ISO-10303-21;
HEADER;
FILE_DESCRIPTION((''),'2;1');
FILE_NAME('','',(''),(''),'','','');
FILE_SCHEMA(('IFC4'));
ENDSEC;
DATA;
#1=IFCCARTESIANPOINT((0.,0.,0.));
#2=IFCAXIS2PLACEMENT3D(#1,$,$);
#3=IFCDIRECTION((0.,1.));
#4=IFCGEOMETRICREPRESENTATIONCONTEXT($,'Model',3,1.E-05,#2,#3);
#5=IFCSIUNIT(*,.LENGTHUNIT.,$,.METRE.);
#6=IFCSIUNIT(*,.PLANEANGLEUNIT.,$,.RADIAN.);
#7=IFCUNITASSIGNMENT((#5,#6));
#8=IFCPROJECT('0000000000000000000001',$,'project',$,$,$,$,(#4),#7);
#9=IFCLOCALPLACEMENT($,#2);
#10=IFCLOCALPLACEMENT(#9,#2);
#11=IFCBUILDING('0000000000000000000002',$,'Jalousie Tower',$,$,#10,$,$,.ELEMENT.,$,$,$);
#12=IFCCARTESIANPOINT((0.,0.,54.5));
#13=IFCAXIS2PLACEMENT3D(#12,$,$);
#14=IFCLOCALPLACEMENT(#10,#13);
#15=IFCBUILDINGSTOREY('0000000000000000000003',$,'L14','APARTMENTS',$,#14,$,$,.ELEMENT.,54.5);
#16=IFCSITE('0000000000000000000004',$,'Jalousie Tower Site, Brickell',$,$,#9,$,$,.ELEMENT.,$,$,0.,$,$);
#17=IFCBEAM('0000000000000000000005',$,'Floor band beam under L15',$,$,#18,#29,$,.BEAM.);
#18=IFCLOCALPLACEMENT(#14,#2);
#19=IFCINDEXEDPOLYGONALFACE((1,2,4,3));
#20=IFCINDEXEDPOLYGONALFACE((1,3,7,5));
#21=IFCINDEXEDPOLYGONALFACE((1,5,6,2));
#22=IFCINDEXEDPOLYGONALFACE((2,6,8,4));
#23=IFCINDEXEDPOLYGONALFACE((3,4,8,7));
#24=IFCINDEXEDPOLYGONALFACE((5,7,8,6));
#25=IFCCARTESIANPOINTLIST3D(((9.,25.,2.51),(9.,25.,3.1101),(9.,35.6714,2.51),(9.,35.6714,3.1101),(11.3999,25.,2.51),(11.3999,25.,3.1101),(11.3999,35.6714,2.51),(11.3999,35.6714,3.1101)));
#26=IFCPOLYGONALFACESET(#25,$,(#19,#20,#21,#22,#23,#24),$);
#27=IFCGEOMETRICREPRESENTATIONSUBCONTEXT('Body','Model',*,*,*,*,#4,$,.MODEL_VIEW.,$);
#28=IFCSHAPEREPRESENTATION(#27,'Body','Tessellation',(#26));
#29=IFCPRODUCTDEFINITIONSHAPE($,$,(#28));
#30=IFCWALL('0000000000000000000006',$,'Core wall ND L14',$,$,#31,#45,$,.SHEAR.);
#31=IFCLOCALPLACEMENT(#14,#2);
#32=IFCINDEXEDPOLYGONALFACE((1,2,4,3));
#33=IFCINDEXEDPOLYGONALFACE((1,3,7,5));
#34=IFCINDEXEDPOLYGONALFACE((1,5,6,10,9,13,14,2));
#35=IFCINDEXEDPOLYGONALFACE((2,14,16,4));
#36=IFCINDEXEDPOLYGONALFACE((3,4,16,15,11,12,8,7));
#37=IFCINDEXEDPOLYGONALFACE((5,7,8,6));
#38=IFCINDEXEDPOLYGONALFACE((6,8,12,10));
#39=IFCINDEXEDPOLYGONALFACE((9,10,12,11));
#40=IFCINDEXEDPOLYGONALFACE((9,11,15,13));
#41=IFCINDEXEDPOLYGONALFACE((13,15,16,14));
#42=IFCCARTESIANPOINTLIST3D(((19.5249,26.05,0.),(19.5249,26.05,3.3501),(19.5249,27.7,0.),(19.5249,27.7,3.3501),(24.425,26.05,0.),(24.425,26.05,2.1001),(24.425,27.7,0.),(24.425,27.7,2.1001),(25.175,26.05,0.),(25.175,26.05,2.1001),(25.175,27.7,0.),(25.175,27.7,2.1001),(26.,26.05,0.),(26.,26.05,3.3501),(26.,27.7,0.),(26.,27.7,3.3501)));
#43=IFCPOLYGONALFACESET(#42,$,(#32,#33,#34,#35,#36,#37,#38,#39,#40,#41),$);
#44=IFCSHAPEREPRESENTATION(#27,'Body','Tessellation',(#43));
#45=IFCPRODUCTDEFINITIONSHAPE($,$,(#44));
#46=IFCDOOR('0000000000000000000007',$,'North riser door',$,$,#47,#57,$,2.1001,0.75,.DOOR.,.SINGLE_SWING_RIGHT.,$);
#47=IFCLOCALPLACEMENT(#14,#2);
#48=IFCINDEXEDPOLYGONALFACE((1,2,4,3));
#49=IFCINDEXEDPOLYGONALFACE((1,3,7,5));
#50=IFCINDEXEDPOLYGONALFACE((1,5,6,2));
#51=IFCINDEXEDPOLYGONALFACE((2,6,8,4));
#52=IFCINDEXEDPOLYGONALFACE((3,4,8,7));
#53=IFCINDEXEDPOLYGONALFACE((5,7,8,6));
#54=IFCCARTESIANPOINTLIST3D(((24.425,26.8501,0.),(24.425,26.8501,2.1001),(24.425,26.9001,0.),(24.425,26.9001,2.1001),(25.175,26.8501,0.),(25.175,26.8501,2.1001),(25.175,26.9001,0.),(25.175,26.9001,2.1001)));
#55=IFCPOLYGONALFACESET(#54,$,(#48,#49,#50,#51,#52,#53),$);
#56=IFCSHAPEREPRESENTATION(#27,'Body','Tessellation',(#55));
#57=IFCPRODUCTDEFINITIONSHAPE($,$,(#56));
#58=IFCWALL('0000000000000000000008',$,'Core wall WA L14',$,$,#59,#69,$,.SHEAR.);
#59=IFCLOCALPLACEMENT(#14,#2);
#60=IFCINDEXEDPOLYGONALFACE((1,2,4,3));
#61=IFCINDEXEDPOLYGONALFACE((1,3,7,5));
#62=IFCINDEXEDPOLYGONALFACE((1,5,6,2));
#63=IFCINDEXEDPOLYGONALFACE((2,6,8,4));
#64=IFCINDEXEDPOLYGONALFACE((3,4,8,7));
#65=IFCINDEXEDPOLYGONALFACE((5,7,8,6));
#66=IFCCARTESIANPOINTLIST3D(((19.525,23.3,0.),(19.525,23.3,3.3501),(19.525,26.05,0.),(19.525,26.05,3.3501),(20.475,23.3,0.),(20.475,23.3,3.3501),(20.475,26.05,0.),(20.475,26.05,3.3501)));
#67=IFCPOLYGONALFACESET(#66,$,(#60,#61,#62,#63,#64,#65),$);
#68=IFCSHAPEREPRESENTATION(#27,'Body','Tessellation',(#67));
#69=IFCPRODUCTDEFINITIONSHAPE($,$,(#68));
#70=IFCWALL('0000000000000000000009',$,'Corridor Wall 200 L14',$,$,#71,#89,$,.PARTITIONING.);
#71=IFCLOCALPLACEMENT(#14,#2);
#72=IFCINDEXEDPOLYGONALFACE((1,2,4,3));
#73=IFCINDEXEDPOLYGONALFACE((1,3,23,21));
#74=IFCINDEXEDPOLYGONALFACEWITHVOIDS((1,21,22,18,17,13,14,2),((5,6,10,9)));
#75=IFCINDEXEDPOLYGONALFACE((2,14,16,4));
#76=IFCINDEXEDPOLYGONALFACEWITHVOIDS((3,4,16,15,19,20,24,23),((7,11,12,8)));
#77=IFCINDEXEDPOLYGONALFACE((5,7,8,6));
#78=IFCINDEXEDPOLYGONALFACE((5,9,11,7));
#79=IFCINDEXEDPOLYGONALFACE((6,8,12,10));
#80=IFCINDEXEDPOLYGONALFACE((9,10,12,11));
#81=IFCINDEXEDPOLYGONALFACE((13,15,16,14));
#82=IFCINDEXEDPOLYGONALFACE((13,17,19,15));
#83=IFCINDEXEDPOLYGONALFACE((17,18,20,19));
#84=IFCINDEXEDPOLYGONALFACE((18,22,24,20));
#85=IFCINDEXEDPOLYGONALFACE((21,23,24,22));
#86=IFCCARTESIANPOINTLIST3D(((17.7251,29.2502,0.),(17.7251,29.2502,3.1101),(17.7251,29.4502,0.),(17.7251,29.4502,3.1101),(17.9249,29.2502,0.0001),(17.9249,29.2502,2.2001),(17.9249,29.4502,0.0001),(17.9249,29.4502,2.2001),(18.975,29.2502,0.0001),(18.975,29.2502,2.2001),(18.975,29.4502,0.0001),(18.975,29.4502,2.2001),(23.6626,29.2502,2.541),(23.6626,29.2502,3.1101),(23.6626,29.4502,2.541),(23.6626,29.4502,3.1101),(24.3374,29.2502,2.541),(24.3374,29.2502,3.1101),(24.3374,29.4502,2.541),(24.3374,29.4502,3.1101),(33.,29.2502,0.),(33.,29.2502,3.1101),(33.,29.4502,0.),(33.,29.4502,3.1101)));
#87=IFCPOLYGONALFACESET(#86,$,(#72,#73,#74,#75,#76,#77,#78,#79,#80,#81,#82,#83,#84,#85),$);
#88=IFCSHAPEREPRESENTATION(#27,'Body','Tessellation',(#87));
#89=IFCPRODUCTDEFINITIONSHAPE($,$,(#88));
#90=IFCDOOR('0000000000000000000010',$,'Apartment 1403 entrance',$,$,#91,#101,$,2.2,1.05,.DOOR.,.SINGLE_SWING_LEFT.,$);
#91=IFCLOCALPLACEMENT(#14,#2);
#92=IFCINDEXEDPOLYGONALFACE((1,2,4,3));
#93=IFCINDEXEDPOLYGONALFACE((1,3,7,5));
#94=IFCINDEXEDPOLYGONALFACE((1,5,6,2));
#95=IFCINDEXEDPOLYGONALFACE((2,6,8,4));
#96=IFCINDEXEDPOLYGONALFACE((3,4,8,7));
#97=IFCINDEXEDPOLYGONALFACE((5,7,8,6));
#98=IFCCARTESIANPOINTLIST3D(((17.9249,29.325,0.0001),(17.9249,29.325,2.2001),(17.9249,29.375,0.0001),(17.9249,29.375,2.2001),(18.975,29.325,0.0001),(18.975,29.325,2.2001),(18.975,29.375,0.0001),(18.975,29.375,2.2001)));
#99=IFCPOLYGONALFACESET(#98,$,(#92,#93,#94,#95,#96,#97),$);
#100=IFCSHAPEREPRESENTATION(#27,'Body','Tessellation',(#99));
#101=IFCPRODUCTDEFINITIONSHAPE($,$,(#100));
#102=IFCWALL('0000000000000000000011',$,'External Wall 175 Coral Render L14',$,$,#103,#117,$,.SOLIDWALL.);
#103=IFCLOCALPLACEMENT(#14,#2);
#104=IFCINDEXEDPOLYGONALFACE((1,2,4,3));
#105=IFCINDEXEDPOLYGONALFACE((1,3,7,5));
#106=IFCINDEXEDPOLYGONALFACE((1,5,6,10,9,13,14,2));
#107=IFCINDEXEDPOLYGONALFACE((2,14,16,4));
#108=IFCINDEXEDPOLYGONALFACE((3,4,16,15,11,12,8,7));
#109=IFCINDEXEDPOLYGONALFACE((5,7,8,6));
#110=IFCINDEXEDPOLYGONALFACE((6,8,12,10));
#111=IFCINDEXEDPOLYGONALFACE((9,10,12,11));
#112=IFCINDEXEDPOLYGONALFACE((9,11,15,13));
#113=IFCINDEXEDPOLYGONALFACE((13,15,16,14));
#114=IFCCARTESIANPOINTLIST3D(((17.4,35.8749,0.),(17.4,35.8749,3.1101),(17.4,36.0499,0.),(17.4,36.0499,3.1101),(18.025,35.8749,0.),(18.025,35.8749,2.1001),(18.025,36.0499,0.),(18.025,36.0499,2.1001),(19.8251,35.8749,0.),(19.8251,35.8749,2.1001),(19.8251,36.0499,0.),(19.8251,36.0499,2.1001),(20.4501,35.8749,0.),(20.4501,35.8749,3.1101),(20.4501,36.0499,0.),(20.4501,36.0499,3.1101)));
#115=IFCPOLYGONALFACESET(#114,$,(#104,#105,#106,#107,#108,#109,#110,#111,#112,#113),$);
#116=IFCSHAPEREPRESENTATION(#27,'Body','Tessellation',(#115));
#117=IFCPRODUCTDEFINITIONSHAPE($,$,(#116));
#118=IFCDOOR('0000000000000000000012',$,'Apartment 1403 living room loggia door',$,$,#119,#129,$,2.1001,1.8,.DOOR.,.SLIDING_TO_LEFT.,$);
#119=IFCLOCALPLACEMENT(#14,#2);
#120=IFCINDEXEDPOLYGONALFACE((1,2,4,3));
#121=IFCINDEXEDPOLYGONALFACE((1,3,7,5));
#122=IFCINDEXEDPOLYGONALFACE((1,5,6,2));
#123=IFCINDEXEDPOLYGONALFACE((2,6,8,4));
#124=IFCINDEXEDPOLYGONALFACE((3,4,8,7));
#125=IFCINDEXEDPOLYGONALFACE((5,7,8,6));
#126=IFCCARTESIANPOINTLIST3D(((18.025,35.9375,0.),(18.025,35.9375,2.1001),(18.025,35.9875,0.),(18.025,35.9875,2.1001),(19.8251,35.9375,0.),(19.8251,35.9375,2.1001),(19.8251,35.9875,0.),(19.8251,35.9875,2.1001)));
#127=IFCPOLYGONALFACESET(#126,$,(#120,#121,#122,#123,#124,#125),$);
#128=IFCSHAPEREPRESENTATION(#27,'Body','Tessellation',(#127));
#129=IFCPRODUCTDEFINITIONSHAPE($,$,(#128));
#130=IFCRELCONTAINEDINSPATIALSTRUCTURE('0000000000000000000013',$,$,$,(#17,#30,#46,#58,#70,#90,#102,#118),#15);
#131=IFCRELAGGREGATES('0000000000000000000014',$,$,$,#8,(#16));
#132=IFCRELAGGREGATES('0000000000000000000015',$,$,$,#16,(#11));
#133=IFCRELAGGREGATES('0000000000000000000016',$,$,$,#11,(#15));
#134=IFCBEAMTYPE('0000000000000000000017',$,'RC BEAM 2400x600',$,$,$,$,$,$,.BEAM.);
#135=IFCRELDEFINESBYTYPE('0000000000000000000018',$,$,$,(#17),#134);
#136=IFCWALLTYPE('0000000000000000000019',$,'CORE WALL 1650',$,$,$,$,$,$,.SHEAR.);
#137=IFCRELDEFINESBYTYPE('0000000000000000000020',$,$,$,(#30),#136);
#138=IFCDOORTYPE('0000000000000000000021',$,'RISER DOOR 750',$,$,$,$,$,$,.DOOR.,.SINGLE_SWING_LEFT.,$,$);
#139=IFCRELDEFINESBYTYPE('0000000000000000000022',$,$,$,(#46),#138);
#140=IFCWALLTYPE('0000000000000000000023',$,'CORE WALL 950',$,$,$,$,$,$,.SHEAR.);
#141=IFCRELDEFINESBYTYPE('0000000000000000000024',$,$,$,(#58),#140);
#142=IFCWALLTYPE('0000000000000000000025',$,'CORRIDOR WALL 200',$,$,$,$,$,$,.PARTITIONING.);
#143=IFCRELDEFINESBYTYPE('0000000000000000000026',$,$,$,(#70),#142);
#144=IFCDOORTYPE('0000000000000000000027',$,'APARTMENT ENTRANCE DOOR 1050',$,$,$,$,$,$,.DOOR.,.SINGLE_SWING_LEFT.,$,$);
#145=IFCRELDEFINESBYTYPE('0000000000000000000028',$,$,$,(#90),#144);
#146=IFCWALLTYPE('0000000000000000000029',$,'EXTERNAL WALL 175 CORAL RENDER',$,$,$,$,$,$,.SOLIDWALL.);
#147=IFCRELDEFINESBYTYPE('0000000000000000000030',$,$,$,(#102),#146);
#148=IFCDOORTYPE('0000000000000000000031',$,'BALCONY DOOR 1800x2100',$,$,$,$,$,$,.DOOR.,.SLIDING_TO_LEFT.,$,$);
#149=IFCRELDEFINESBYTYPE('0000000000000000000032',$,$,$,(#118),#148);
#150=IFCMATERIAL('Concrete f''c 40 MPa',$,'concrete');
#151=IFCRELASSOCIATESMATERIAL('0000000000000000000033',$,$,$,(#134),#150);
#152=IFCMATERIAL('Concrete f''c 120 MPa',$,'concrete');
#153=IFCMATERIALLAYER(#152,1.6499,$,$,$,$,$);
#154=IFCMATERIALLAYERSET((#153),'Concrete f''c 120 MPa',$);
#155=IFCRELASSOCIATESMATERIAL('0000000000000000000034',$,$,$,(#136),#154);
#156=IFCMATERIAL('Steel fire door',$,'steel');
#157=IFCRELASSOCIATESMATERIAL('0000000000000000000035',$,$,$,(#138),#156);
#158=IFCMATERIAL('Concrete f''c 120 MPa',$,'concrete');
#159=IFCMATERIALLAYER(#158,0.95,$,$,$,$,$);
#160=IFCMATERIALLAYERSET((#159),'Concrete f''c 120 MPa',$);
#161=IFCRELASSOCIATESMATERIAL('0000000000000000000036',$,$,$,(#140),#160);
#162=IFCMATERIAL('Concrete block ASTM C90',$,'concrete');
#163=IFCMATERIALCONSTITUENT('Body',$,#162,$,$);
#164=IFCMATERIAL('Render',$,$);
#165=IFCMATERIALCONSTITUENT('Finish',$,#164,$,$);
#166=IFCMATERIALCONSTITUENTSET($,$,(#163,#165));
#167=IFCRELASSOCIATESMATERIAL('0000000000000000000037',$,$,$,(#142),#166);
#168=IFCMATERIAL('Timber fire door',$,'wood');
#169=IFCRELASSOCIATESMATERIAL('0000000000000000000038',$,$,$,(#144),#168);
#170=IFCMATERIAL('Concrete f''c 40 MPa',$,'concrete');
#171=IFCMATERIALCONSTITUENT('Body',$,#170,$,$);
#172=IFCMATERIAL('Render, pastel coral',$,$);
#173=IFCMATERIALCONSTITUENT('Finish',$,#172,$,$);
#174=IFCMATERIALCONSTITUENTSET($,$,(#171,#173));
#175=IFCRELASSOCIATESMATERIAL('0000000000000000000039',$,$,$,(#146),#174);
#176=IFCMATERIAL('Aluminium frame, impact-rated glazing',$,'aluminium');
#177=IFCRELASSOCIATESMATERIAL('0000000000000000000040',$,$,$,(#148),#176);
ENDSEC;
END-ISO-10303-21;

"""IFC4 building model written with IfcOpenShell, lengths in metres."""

from ifc_helpers import new_model, si_unit, direction, frame, frame_2d, origin, origin_2d, place, context, subcontext, project, spatial, polyline, rectangle, outline, extrude, material, layer, layer_set, constituent, constituent_set, material_profile, profile_set, type_object, element, fill, save


model = new_model("IFC4")

# Units and contexts
model_context = context("Model", 3, precision=1e-05, world=origin(), true_north=direction((0.0, 1.0)))
body_context = subcontext(model_context, "Body", "Model", "MODEL_VIEW")
ifc_project = project(units=[si_unit("LENGTHUNIT", "METRE"), si_unit("PLANEANGLEUNIT", "RADIAN")], contexts=[model_context])

# Site, building, storey
site_placement = place(None, origin())
site = spatial("IfcSite", under=ifc_project, at=site_placement, Name="Jalousie Tower Site, Brickell", CompositionType="ELEMENT", RefElevation=0.0)
building_placement = place(site_placement, origin())
building = spatial("IfcBuilding", under=site, at=building_placement, Name="Jalousie Tower", CompositionType="ELEMENT")
storey_placement = place(building_placement, frame((0.0, 0.0, 54.5)))
storey = spatial("IfcBuildingStorey", under=building, at=storey_placement, Name="L14", Description="APARTMENTS", CompositionType="ELEMENT", Elevation=54.5)

# Beam
ifc_material_1 = material(Name="Concrete f'c 40 MPa", Category="concrete")
ifc_material_profile = material_profile(ifc_material_1, rectangle(XDim=2.3999, YDim=0.6001, at=origin_2d()), Name="RC 2400x600")
ifc_profile_set = profile_set([ifc_material_profile], Name="Concrete f'c 40 MPa")
beam_type = type_object("IfcBeamType", Name="RC BEAM 2400x600", PredefinedType="BEAM", material=ifc_profile_set)
beam_placement = place(storey_placement, frame((10.2, 25.0, 2.8101), z_axis=(0.0, 1.0, 0.0), x_axis=(-1.0, 0.0, 0.0)))
element("IfcBeam", 1, at=beam_placement, inside=storey, type_object=beam_type, Name="Floor band beam under L15", PredefinedType="BEAM", context=body_context, shape_type="SweptSolid", body=[
    extrude(rectangle(XDim=2.3999, YDim=0.6001, at=origin_2d()), origin(), (0.0, 0.0, 1.0), 10.6714),
])

# Wall, opening, door
ifc_material_2 = material(Name="Concrete f'c 120 MPa", Category="concrete")
ifc_layer_1 = layer(ifc_material_2, 1.6499)
ifc_layer_set_1 = layer_set([ifc_layer_1], Name="Concrete f'c 120 MPa")
wall_type_1 = type_object("IfcWallType", Name="CORE WALL 1650", PredefinedType="SHEAR", material=ifc_layer_set_1)
wall_1_placement = place(storey_placement, frame((26.0, 26.875, 0.0), z_axis=(0.0, 0.0, 1.0), x_axis=(-1.0, 0.0, 0.0)))
wall_1 = element("IfcWall", 2, at=wall_1_placement, inside=storey, type_object=wall_type_1, Name="Core wall ND L14", PredefinedType="SHEAR", context=body_context, shape_type="SweptSolid", body=[
    extrude(rectangle(XDim=6.4751, YDim=1.6499, at=frame_2d((3.2375, 0.0))), origin(), (0.0, 0.0, 1.0), 3.3501),
])
opening_1_placement = place(wall_1_placement, frame((0.825, 0.0, 0.0)))
opening_1 = element("IfcOpeningElement", 3, at=opening_1_placement, cuts=wall_1, PredefinedType="OPENING", context=body_context, shape_type="SweptSolid", body=[
    extrude(rectangle(XDim=0.75, YDim=2.1001, at=frame_2d((0.375, 1.05))), frame((0.0, 0.835, 0.0), z_axis=(0.0, -1.0, 0.0), x_axis=(1.0, 0.0, 0.0)), (0.0, 0.0, 1.0), 1.6699),
])
ifc_material_3 = material(Name="Steel fire door", Category="steel")
door_type_1 = type_object("IfcDoorType", Name="RISER DOOR 750", OperationType="SINGLE_SWING_LEFT", PredefinedType="DOOR", material=ifc_material_3)
door_1_placement = place(opening_1_placement, origin())
door_1 = element("IfcDoor", 4, at=door_1_placement, inside=storey, type_object=door_type_1, Name="North riser door", OperationType="SINGLE_SWING_RIGHT", OverallHeight=2.1001, OverallWidth=0.75, PredefinedType="DOOR", context=body_context, shape_type="SweptSolid", body=[
    extrude(rectangle(XDim=0.75, YDim=2.1001, at=frame_2d((0.375, 1.05))), frame((0.0, 0.0249, 0.0), z_axis=(0.0, -1.0, 0.0), x_axis=(1.0, 0.0, 0.0)), (0.0, 0.0, 1.0), 0.05),
])
fill(opening_1, door_1)

# Wall
ifc_material_4 = material(Name="Concrete f'c 120 MPa", Category="concrete")
ifc_layer_2 = layer(ifc_material_4, 0.95)
ifc_layer_set_2 = layer_set([ifc_layer_2], Name="Concrete f'c 120 MPa")
wall_type_2 = type_object("IfcWallType", Name="CORE WALL 950", PredefinedType="SHEAR", material=ifc_layer_set_2)
wall_2_placement = place(storey_placement, frame((20.0, 26.05, 0.0), z_axis=(0.0, 0.0, 1.0), x_axis=(0.0, -1.0, 0.0)))
element("IfcWall", 5, at=wall_2_placement, inside=storey, type_object=wall_type_2, Name="Core wall WA L14", PredefinedType="SHEAR", context=body_context, shape_type="SweptSolid", body=[
    extrude(rectangle(XDim=2.75, YDim=0.95, at=frame_2d((1.375, 0.0))), origin(), (0.0, 0.0, 1.0), 3.3501),
])

# Walls, openings, doors
ifc_material_5 = material(Name="Concrete block ASTM C90", Category="concrete")
ifc_constituent_1 = constituent(ifc_material_5, Name="Body")
ifc_material_6 = material(Name="Render")
ifc_constituent_2 = constituent(ifc_material_6, Name="Finish")
ifc_constituent_set_1 = constituent_set(constituents=[ifc_constituent_1, ifc_constituent_2])
wall_type_3 = type_object("IfcWallType", Name="CORRIDOR WALL 200", PredefinedType="PARTITIONING", material=ifc_constituent_set_1)
wall_3_placement = place(storey_placement, frame((17.7251, 29.3501, 0.0), z_axis=(0.0, 0.0, 1.0), x_axis=(1.0, 0.0, 0.0)))
wall_3 = element("IfcWall", 6, at=wall_3_placement, inside=storey, type_object=wall_type_3, Name="Corridor Wall 200 L14", PredefinedType="PARTITIONING", context=body_context, shape_type="SweptSolid", body=[
    extrude(outline(polyline([(0.0, 0.0), (15.2749, 0.0), (15.2749, 3.1101), (6.6123, 3.1101), (6.6123, 2.541), (5.9375, 2.541), (5.9375, 3.1101), (0.0, 3.1101), (0.0, 0.0)])), frame((0.0, 0.1001, 0.0), z_axis=(0.0, -1.0, 0.0), x_axis=(1.0, 0.0, 0.0)), (0.0, 0.0, 1.0), 0.2),
])
opening_2_placement = place(wall_3_placement, frame((0.2, 0.0, 0.0)))
opening_2 = element("IfcOpeningElement", 7, at=opening_2_placement, cuts=wall_3, PredefinedType="OPENING", context=body_context, shape_type="SweptSolid", body=[
    extrude(rectangle(XDim=1.05, YDim=2.2, at=frame_2d((0.5249, 1.1001))), frame((0.0, 0.1099, 0.0), z_axis=(0.0, -1.0, 0.0), x_axis=(1.0, 0.0, 0.0)), (0.0, 0.0, 1.0), 0.22),
])
ifc_material_7 = material(Name="Timber fire door", Category="wood")
door_type_2 = type_object("IfcDoorType", Name="APARTMENT ENTRANCE DOOR 1050", OperationType="SINGLE_SWING_LEFT", PredefinedType="DOOR", material=ifc_material_7)
door_2_placement = place(opening_2_placement, origin())
door_2 = element("IfcDoor", 8, at=door_2_placement, inside=storey, type_object=door_type_2, Name="Apartment 1403 entrance", OperationType="SINGLE_SWING_LEFT", OverallHeight=2.2, OverallWidth=1.05, PredefinedType="DOOR", context=body_context, shape_type="SweptSolid", body=[
    extrude(rectangle(XDim=1.05, YDim=2.2, at=frame_2d((0.5249, 1.1001))), frame((0.0, 0.0249, 0.0), z_axis=(0.0, -1.0, 0.0), x_axis=(1.0, 0.0, 0.0)), (0.0, 0.0, 1.0), 0.05),
])
fill(opening_2, door_2)
ifc_material_8 = material(Name="Concrete f'c 40 MPa", Category="concrete")
ifc_constituent_3 = constituent(ifc_material_8, Name="Body")
ifc_material_9 = material(Name="Render, pastel coral")
ifc_constituent_4 = constituent(ifc_material_9, Name="Finish")
ifc_constituent_set_2 = constituent_set(constituents=[ifc_constituent_3, ifc_constituent_4])
wall_type_4 = type_object("IfcWallType", Name="EXTERNAL WALL 175 CORAL RENDER", PredefinedType="SOLIDWALL", material=ifc_constituent_set_2)
wall_4_placement = place(storey_placement, frame((20.45, 35.9624, 0.0), z_axis=(0.0, 0.0, 1.0), x_axis=(-1.0, 0.0, 0.0)))
wall_4 = element("IfcWall", 9, at=wall_4_placement, inside=storey, type_object=wall_type_4, Name="External Wall 175 Coral Render L14", PredefinedType="SOLIDWALL", context=body_context, shape_type="SweptSolid", body=[
    extrude(rectangle(XDim=3.05, YDim=0.175, at=frame_2d((1.5249, 0.0))), origin(), (0.0, 0.0, 1.0), 3.1101),
])
opening_3_placement = place(wall_4_placement, frame((0.625, 0.0, 0.0)))
opening_3 = element("IfcOpeningElement", 10, at=opening_3_placement, cuts=wall_4, PredefinedType="OPENING", context=body_context, shape_type="SweptSolid", body=[
    extrude(rectangle(XDim=1.8, YDim=2.1001, at=frame_2d((0.8999, 1.05))), frame((0.0, 0.0974, 0.0), z_axis=(0.0, -1.0, 0.0), x_axis=(1.0, 0.0, 0.0)), (0.0, 0.0, 1.0), 0.1951),
])
ifc_material_10 = material(Name="Aluminium frame, impact-rated glazing", Category="aluminium")
door_type_3 = type_object("IfcDoorType", Name="BALCONY DOOR 1800x2100", OperationType="SLIDING_TO_LEFT", PredefinedType="DOOR", material=ifc_material_10)
door_3_placement = place(opening_3_placement, origin())
door_3 = element("IfcDoor", 11, at=door_3_placement, inside=storey, type_object=door_type_3, Name="Apartment 1403 living room loggia door", OperationType="SLIDING_TO_LEFT", OverallHeight=2.1001, OverallWidth=1.8, PredefinedType="DOOR", context=body_context, shape_type="SweptSolid", body=[
    extrude(rectangle(XDim=1.8, YDim=2.1001, at=frame_2d((0.8999, 1.05))), frame((0.0, 0.0249, 0.0), z_axis=(0.0, -1.0, 0.0), x_axis=(1.0, 0.0, 0.0)), (0.0, 0.0, 1.0), 0.05),
])
fill(opening_3, door_3)

save(model, "model.ifc")
